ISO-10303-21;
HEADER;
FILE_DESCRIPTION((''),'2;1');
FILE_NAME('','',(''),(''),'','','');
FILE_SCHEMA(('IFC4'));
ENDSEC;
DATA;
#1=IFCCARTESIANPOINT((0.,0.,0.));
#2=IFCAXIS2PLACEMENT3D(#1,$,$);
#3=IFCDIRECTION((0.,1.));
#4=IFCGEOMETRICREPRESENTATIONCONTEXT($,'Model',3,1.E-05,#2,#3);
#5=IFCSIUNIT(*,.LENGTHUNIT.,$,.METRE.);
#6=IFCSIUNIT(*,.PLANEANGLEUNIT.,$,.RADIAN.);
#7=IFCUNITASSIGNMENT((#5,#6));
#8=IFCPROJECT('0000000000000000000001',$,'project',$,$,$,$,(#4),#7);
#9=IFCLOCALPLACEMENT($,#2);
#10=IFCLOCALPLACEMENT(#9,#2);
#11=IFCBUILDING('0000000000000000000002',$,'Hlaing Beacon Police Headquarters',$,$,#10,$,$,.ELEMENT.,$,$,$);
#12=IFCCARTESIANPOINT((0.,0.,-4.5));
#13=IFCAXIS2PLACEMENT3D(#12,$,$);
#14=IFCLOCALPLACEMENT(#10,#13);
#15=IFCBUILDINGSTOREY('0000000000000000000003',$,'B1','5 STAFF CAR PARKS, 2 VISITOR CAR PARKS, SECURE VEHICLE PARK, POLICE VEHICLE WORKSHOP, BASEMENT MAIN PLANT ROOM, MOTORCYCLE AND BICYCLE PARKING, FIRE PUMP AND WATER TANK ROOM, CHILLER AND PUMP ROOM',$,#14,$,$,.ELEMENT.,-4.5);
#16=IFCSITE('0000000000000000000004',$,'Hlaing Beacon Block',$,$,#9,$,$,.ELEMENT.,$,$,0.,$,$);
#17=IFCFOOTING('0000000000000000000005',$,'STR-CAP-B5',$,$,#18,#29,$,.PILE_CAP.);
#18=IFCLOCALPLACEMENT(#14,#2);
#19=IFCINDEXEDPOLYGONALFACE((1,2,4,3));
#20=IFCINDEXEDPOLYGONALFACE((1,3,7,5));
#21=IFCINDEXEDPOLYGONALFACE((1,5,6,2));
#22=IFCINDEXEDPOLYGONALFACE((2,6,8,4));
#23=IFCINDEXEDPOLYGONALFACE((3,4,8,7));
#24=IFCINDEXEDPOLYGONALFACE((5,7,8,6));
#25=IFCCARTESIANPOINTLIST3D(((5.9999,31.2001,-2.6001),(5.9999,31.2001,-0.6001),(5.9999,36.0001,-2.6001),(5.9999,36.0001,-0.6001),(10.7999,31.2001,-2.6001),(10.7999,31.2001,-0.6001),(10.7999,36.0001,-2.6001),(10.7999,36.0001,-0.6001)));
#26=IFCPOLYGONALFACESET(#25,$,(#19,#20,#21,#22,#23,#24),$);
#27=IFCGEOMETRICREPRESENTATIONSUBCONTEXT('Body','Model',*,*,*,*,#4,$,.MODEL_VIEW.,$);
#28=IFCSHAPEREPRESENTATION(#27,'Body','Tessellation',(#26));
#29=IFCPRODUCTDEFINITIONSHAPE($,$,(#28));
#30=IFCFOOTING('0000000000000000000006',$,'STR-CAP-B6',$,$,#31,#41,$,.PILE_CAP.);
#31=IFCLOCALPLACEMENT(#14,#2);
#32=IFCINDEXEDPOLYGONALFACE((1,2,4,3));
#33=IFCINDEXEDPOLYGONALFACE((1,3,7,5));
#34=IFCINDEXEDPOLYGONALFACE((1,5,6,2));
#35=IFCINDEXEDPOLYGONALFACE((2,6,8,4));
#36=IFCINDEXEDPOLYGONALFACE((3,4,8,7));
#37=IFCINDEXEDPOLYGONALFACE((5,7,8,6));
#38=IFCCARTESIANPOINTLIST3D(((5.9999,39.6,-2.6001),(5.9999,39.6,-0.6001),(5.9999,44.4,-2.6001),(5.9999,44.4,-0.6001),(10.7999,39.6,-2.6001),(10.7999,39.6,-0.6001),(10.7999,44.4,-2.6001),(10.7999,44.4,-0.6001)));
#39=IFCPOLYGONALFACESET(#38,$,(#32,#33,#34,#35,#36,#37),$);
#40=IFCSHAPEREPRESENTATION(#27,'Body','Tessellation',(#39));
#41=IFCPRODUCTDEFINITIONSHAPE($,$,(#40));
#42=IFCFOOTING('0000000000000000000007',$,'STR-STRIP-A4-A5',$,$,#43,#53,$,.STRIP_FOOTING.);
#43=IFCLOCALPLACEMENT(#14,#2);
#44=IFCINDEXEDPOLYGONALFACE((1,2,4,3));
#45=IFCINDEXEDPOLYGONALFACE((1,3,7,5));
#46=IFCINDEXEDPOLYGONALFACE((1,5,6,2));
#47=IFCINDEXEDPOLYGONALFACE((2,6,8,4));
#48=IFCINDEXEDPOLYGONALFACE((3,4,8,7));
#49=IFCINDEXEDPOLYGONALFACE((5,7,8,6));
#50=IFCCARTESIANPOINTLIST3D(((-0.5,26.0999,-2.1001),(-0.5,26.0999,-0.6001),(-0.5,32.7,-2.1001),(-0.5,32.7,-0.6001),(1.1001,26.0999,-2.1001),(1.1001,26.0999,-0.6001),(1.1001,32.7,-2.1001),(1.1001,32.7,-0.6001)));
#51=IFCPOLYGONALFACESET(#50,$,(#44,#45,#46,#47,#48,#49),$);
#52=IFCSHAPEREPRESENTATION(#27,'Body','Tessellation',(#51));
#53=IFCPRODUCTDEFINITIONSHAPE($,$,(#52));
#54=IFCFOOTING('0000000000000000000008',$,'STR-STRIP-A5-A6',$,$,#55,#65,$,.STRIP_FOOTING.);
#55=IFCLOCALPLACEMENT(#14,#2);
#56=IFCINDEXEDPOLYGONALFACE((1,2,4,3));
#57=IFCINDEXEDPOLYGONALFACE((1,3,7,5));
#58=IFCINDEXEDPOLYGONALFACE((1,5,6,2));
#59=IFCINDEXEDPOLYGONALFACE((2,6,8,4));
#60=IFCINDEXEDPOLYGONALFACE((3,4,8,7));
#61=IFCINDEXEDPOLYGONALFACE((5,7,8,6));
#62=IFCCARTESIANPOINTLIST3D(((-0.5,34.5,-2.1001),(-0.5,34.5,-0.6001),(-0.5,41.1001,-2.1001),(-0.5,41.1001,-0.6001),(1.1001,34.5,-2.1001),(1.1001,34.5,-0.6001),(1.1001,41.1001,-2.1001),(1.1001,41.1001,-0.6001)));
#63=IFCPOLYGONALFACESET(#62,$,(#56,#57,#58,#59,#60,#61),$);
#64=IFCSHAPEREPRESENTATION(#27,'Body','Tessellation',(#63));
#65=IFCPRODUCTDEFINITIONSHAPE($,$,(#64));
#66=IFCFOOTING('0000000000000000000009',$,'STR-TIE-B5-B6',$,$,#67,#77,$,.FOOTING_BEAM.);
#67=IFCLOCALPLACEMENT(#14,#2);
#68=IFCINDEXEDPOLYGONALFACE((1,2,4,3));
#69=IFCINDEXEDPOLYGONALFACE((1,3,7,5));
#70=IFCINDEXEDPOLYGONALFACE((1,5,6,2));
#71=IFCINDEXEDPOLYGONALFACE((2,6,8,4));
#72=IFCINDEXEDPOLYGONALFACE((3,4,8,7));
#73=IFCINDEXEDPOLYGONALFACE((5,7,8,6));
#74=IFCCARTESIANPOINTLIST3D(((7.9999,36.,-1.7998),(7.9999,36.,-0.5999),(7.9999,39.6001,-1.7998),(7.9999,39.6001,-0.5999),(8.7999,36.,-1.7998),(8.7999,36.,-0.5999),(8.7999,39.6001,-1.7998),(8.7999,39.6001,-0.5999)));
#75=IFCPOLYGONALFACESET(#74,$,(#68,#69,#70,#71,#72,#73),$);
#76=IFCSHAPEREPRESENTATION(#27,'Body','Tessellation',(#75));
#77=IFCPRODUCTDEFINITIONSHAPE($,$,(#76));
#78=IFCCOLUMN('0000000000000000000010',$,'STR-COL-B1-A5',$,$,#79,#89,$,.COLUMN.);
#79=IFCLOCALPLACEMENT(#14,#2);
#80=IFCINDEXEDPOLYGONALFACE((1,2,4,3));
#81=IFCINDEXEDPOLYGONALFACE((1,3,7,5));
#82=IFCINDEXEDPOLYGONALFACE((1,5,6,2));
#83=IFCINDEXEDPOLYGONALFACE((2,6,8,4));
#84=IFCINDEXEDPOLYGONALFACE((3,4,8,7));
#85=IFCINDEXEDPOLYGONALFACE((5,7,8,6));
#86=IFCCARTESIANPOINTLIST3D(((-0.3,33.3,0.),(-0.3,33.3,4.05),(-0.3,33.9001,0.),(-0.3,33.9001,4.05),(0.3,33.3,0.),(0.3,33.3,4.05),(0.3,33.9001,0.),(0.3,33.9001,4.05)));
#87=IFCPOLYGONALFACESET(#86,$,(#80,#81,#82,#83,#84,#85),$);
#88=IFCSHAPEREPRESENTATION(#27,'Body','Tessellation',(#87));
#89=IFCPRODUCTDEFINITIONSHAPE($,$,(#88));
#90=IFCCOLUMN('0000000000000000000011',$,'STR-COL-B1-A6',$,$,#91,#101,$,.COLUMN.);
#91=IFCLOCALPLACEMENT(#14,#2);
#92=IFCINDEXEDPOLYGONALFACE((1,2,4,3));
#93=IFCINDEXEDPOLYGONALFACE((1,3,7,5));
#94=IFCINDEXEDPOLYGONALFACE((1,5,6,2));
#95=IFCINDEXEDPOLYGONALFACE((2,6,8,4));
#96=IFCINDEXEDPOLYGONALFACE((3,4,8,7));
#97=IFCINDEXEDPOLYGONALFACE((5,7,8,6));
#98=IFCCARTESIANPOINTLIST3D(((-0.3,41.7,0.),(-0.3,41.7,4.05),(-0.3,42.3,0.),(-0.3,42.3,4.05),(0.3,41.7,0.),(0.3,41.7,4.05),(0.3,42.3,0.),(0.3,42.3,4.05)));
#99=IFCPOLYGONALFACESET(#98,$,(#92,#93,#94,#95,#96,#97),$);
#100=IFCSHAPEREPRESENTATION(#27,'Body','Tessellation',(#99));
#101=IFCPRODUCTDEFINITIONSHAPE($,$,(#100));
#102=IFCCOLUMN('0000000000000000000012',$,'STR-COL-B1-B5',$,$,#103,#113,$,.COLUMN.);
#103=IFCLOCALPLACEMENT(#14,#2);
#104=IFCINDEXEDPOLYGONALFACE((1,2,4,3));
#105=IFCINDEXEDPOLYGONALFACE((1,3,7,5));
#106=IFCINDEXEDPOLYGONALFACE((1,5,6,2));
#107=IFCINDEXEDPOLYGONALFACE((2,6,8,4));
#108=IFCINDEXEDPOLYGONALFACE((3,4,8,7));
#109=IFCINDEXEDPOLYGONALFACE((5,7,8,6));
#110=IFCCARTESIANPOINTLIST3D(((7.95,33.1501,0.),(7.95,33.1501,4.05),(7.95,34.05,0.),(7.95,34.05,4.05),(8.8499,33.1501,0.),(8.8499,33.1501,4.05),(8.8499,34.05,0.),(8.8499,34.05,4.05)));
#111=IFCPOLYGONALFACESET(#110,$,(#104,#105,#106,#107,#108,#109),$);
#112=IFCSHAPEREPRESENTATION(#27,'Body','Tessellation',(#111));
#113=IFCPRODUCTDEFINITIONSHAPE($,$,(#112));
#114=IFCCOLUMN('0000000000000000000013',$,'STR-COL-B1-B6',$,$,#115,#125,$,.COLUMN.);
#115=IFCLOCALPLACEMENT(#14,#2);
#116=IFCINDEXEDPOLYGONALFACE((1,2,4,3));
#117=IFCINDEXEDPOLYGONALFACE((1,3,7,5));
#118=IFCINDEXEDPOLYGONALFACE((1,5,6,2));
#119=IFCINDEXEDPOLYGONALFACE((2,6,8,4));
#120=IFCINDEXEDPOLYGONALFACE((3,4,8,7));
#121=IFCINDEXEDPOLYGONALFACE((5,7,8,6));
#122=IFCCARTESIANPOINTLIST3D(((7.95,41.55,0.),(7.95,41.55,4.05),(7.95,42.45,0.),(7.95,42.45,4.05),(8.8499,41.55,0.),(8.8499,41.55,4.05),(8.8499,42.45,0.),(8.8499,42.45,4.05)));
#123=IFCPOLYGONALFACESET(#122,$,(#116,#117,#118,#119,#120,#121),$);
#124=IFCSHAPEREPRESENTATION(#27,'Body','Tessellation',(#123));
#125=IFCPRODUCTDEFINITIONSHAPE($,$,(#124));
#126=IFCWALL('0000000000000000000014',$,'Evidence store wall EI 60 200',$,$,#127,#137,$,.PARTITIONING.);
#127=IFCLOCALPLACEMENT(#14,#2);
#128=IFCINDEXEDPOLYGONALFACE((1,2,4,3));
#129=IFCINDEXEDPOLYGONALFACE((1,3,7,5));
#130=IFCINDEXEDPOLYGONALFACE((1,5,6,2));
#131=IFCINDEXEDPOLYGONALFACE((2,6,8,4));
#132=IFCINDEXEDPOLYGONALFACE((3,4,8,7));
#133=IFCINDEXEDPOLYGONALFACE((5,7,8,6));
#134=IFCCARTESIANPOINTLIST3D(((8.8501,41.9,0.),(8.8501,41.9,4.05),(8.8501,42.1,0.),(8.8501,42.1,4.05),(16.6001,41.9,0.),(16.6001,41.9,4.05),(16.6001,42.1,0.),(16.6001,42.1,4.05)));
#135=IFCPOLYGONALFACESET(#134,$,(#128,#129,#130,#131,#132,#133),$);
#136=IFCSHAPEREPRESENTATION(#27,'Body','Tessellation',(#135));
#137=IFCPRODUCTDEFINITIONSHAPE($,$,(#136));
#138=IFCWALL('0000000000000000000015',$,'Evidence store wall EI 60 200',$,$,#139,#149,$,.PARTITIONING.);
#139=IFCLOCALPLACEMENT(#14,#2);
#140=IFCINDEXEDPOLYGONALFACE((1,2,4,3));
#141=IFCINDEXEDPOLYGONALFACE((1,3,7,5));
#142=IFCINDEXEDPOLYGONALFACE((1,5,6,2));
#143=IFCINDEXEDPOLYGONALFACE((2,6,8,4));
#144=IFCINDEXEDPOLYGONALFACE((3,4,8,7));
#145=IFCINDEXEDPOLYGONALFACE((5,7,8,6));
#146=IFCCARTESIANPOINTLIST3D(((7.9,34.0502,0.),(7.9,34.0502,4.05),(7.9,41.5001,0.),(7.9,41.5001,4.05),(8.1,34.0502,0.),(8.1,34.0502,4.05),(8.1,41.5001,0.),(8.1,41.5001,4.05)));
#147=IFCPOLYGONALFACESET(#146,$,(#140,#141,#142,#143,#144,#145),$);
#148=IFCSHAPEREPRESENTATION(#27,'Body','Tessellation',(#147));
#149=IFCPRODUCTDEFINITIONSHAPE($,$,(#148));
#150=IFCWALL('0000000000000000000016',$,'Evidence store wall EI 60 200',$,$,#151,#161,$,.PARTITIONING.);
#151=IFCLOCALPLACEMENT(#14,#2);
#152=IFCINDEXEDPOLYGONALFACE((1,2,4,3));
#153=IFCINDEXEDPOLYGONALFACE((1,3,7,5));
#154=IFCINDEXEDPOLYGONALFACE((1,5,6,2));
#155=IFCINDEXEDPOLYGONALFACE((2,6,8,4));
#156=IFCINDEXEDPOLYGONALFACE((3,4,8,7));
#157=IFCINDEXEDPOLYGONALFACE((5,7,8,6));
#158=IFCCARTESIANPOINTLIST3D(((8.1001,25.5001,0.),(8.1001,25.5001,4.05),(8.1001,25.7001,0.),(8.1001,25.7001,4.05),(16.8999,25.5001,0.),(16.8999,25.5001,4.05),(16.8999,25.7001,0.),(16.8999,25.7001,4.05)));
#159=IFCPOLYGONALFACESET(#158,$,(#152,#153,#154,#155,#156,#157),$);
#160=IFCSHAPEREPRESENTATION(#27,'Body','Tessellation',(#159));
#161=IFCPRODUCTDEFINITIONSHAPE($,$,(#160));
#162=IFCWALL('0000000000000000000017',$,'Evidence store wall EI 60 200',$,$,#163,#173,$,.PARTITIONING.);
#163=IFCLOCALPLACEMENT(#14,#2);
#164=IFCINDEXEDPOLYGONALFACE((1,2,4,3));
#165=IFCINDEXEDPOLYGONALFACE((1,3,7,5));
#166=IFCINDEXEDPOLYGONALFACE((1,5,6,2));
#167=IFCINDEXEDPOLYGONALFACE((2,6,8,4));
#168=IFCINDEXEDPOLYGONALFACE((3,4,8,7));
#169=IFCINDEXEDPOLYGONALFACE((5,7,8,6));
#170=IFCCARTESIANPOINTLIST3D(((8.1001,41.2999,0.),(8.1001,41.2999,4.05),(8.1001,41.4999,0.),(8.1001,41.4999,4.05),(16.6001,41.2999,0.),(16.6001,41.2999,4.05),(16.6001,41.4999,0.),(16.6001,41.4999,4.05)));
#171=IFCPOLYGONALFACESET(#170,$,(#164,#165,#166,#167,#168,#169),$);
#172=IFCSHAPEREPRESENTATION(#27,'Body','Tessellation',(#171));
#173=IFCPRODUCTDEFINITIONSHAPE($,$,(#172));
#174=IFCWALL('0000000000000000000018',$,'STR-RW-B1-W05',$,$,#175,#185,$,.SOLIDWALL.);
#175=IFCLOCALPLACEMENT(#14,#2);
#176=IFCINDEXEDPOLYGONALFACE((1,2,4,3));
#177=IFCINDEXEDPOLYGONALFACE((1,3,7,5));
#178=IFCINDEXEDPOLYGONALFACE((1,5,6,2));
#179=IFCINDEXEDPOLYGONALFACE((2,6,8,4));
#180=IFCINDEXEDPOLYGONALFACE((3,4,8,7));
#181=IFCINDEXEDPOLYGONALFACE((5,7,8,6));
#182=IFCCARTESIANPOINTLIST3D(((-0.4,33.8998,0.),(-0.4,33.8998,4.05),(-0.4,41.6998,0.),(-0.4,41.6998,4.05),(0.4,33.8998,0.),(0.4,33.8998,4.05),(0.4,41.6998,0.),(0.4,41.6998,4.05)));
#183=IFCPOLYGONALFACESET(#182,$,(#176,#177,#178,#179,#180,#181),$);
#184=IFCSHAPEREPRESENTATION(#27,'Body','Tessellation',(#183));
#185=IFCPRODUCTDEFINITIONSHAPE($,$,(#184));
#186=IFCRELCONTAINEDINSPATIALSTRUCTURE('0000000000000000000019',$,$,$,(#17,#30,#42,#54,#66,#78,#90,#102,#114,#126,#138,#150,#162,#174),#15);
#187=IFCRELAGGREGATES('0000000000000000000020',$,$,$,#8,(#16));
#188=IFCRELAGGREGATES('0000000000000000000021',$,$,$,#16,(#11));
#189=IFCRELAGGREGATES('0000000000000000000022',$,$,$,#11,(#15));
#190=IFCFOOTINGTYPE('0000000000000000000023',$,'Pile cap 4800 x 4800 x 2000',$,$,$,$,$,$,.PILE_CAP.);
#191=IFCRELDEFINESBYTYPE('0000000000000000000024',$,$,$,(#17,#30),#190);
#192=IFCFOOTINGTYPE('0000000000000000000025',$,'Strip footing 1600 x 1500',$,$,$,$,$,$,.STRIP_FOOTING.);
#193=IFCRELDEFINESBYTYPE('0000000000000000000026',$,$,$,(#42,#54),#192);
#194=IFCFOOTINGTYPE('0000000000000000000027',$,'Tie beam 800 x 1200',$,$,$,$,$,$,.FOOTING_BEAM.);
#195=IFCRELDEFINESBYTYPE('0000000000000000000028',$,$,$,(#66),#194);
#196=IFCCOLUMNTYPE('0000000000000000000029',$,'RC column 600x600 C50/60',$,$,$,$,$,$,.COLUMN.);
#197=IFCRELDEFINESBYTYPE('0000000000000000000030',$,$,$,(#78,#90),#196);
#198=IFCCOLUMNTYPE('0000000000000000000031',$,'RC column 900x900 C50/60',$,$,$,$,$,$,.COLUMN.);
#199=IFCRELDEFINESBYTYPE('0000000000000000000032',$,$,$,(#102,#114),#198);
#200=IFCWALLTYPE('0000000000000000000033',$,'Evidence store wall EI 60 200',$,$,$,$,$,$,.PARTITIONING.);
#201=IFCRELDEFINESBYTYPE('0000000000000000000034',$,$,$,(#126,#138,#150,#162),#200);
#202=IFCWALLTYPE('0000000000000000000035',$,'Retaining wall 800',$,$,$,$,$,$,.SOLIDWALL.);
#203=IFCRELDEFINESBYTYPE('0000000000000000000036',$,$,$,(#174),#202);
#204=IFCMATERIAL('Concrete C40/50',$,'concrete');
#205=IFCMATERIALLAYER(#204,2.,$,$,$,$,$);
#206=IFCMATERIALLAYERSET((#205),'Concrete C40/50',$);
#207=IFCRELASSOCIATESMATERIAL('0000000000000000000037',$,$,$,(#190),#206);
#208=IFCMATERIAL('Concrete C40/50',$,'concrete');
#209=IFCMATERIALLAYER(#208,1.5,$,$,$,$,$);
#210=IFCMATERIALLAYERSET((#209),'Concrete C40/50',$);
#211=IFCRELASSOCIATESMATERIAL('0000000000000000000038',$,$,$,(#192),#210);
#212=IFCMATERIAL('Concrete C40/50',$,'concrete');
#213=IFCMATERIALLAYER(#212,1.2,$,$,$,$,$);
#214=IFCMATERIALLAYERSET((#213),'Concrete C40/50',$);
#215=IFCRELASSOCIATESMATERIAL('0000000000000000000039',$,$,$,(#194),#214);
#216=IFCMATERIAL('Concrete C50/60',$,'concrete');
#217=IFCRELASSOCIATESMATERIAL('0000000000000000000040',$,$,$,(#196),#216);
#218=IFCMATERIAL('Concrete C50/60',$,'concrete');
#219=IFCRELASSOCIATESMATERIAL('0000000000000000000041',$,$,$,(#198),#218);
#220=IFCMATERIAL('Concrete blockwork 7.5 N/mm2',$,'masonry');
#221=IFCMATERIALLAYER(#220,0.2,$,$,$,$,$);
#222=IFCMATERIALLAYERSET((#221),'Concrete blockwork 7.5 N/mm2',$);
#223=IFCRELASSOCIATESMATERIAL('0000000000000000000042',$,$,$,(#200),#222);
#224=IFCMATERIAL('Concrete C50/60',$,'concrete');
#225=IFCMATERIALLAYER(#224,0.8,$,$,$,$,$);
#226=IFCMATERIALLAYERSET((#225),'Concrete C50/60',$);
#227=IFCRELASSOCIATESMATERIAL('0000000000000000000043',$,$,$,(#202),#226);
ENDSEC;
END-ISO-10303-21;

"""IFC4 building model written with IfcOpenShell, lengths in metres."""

from ifc_helpers import new_model, si_unit, direction, frame, frame_2d, origin, origin_2d, place, context, subcontext, project, spatial, rectangle, extrude, material, layer, layer_set, material_profile, profile_set, type_object, element, save


model = new_model("IFC4")

# Units and contexts
model_context = context("Model", 3, precision=1e-05, world=origin(), true_north=direction((0.0, 1.0)))
body_context = subcontext(model_context, "Body", "Model", "MODEL_VIEW")
ifc_project = project(units=[si_unit("LENGTHUNIT", "METRE"), si_unit("PLANEANGLEUNIT", "RADIAN")], contexts=[model_context])

# Site, building, storey
site_placement = place(None, origin())
site = spatial("IfcSite", under=ifc_project, at=site_placement, Name="Hlaing Beacon Block", CompositionType="ELEMENT", RefElevation=0.0)
building_placement = place(site_placement, origin())
building = spatial("IfcBuilding", under=site, at=building_placement, Name="Hlaing Beacon Police Headquarters", CompositionType="ELEMENT")
storey_placement = place(building_placement, frame((0.0, 0.0, -4.5)))
storey = spatial("IfcBuildingStorey", under=building, at=storey_placement, Name="B1", Description="5 STAFF CAR PARKS, 2 VISITOR CAR PARKS, SECURE VEHICLE PARK, POLICE VEHICLE WORKSHOP, BASEMENT MAIN PLANT ROOM, MOTORCYCLE AND BICYCLE PARKING, FIRE PUMP AND WATER TANK ROOM, CHILLER AND PUMP ROOM", CompositionType="ELEMENT", Elevation=-4.5)

# Footings
ifc_material_1 = material(Name="Concrete C40/50", Category="concrete")
ifc_layer_1 = layer(ifc_material_1, 2.0)
ifc_layer_set_1 = layer_set([ifc_layer_1], Name="Concrete C40/50")
footing_type_1 = type_object("IfcFootingType", Name="Pile cap 4800 x 4800 x 2000", PredefinedType="PILE_CAP", material=ifc_layer_set_1)
for number, where, z_axis, x_axis, name in (
    (1, (8.3999, 33.6001, -2.6001), (0.0, 0.0, 1.0), (1.0, 0.0, 0.0), "STR-CAP-B5"),
    (2, (8.3999, 42.0, -2.6001), (0.0, 0.0, 1.0), (1.0, 0.0, 0.0), "STR-CAP-B6"),
):
    element("IfcFooting", number, at=place(storey_placement, frame(where, z_axis=z_axis, x_axis=x_axis)), inside=storey, type_object=footing_type_1, Name=name, PredefinedType="PILE_CAP", context=body_context, shape_type="SweptSolid", body=[
        extrude(rectangle(XDim=4.8, YDim=4.8, at=origin_2d()), origin(), (0.0, 0.0, 1.0), 2.0),
    ])
ifc_material_2 = material(Name="Concrete C40/50", Category="concrete")
ifc_layer_2 = layer(ifc_material_2, 1.5)
ifc_layer_set_2 = layer_set([ifc_layer_2], Name="Concrete C40/50")
footing_type_2 = type_object("IfcFootingType", Name="Strip footing 1600 x 1500", PredefinedType="STRIP_FOOTING", material=ifc_layer_set_2)
for number, where, z_axis, x_axis, name in (
    (3, (0.3, 29.3999, -2.1001), (0.0, 0.0, 1.0), (1.0, 0.0, 0.0), "STR-STRIP-A4-A5"),
    (4, (0.3, 37.8, -2.1001), (0.0, 0.0, 1.0), (1.0, 0.0, 0.0), "STR-STRIP-A5-A6"),
):
    element("IfcFooting", number, at=place(storey_placement, frame(where, z_axis=z_axis, x_axis=x_axis)), inside=storey, type_object=footing_type_2, Name=name, PredefinedType="STRIP_FOOTING", context=body_context, shape_type="SweptSolid", body=[
        extrude(rectangle(XDim=1.6001, YDim=6.6001, at=origin_2d()), origin(), (0.0, 0.0, 1.0), 1.5),
    ])
ifc_material_3 = material(Name="Concrete C40/50", Category="concrete")
ifc_layer_3 = layer(ifc_material_3, 1.2)
ifc_layer_set_3 = layer_set([ifc_layer_3], Name="Concrete C40/50")
footing_type_3 = type_object("IfcFootingType", Name="Tie beam 800 x 1200", PredefinedType="FOOTING_BEAM", material=ifc_layer_set_3)
footing_placement = place(storey_placement, frame((8.3999, 37.8, -1.7998), z_axis=(0.0, 0.0, 1.0), x_axis=(1.0, 0.0, 0.0)))
element("IfcFooting", 5, at=footing_placement, inside=storey, type_object=footing_type_3, Name="STR-TIE-B5-B6", PredefinedType="FOOTING_BEAM", context=body_context, shape_type="SweptSolid", body=[
    extrude(rectangle(XDim=0.8, YDim=3.6001, at=origin_2d()), origin(), (0.0, 0.0, 1.0), 1.2),
])

# Columns
ifc_material_4 = material(Name="Concrete C50/60", Category="concrete")
ifc_material_profile_1 = material_profile(ifc_material_4, rectangle(XDim=0.6001, YDim=0.6001, at=origin_2d()), Name="600x600")
ifc_profile_set_1 = profile_set([ifc_material_profile_1], Name="Concrete C50/60")
column_type_1 = type_object("IfcColumnType", Name="RC column 600x600 C50/60", PredefinedType="COLUMN", material=ifc_profile_set_1)
for number, where, z_axis, x_axis, name in (
    (6, (0.0, 33.6001, 0.0), (0.0, 0.0, 1.0), (1.0, 0.0, 0.0), "STR-COL-B1-A5"),
    (7, (0.0, 42.0, 0.0), (0.0, 0.0, 1.0), (1.0, 0.0, 0.0), "STR-COL-B1-A6"),
):
    element("IfcColumn", number, at=place(storey_placement, frame(where, z_axis=z_axis, x_axis=x_axis)), inside=storey, type_object=column_type_1, Name=name, PredefinedType="COLUMN", context=body_context, shape_type="SweptSolid", body=[
        extrude(rectangle(XDim=0.6001, YDim=0.6001, at=origin_2d()), origin(), (0.0, 0.0, 1.0), 4.05),
    ])
ifc_material_5 = material(Name="Concrete C50/60", Category="concrete")
ifc_material_profile_2 = material_profile(ifc_material_5, rectangle(XDim=0.8999, YDim=0.8999, at=origin_2d()), Name="900x900")
ifc_profile_set_2 = profile_set([ifc_material_profile_2], Name="Concrete C50/60")
column_type_2 = type_object("IfcColumnType", Name="RC column 900x900 C50/60", PredefinedType="COLUMN", material=ifc_profile_set_2)
for number, where, z_axis, x_axis, name in (
    (8, (8.3999, 33.6001, 0.0), (0.0, 0.0, 1.0), (1.0, 0.0, 0.0), "STR-COL-B1-B5"),
    (9, (8.3999, 42.0, 0.0), (0.0, 0.0, 1.0), (1.0, 0.0, 0.0), "STR-COL-B1-B6"),
):
    element("IfcColumn", number, at=place(storey_placement, frame(where, z_axis=z_axis, x_axis=x_axis)), inside=storey, type_object=column_type_2, Name=name, PredefinedType="COLUMN", context=body_context, shape_type="SweptSolid", body=[
        extrude(rectangle(XDim=0.8999, YDim=0.8999, at=origin_2d()), origin(), (0.0, 0.0, 1.0), 4.05),
    ])

# Walls
ifc_material_6 = material(Name="Concrete blockwork 7.5 N/mm2", Category="masonry")
ifc_layer_4 = layer(ifc_material_6, 0.2)
ifc_layer_set_4 = layer_set([ifc_layer_4], Name="Concrete blockwork 7.5 N/mm2")
wall_type_1 = type_object("IfcWallType", Name="Evidence store wall EI 60 200", PredefinedType="PARTITIONING", material=ifc_layer_set_4)
wall_1_placement = place(storey_placement, frame((8.8501, 42.0, 0.0), z_axis=(0.0, 0.0, 1.0), x_axis=(1.0, 0.0, 0.0)))
element("IfcWall", 10, at=wall_1_placement, inside=storey, type_object=wall_type_1, Name="Evidence store wall EI 60 200", PredefinedType="PARTITIONING", context=body_context, shape_type="SweptSolid", body=[
    extrude(rectangle(XDim=7.75, YDim=0.2, at=frame_2d((3.875, 0.0))), origin(), (0.0, 0.0, 1.0), 4.05),
])
wall_2_placement = place(storey_placement, frame((8.0, 34.05, 0.0), z_axis=(0.0, 0.0, 1.0), x_axis=(0.0, 1.0, 0.0)))
element("IfcWall", 11, at=wall_2_placement, inside=storey, type_object=wall_type_1, Name="Evidence store wall EI 60 200", PredefinedType="PARTITIONING", context=body_context, shape_type="SweptSolid", body=[
    extrude(rectangle(XDim=7.45, YDim=0.2, at=frame_2d((3.7251, 0.0))), origin(), (0.0, 0.0, 1.0), 4.05),
])
wall_3_placement = place(storey_placement, frame((8.1001, 25.6001, 0.0), z_axis=(0.0, 0.0, 1.0), x_axis=(1.0, 0.0, 0.0)))
element("IfcWall", 12, at=wall_3_placement, inside=storey, type_object=wall_type_1, Name="Evidence store wall EI 60 200", PredefinedType="PARTITIONING", context=body_context, shape_type="SweptSolid", body=[
    extrude(rectangle(XDim=8.7998, YDim=0.2, at=frame_2d((4.3999, 0.0))), origin(), (0.0, 0.0, 1.0), 4.05),
])
wall_4_placement = place(storey_placement, frame((8.1001, 41.3999, 0.0), z_axis=(0.0, 0.0, 1.0), x_axis=(1.0, 0.0, 0.0)))
element("IfcWall", 13, at=wall_4_placement, inside=storey, type_object=wall_type_1, Name="Evidence store wall EI 60 200", PredefinedType="PARTITIONING", context=body_context, shape_type="SweptSolid", body=[
    extrude(rectangle(XDim=8.5, YDim=0.2, at=frame_2d((4.25, 0.0))), origin(), (0.0, 0.0, 1.0), 4.05),
])
ifc_material_7 = material(Name="Concrete C50/60", Category="concrete")
ifc_layer_5 = layer(ifc_material_7, 0.8)
ifc_layer_set_5 = layer_set([ifc_layer_5], Name="Concrete C50/60")
wall_type_2 = type_object("IfcWallType", Name="Retaining wall 800", PredefinedType="SOLIDWALL", material=ifc_layer_set_5)
wall_5_placement = place(storey_placement, frame((0.0, 33.8999, 0.0), z_axis=(0.0, 0.0, 1.0), x_axis=(0.0, 1.0, 0.0)))
element("IfcWall", 14, at=wall_5_placement, inside=storey, type_object=wall_type_2, Name="STR-RW-B1-W05", PredefinedType="SOLIDWALL", context=body_context, shape_type="SweptSolid", body=[
    extrude(rectangle(XDim=7.8, YDim=0.8, at=frame_2d((3.8999, 0.0))), origin(), (0.0, 0.0, 1.0), 4.05),
])

save(model, "model.ifc")
